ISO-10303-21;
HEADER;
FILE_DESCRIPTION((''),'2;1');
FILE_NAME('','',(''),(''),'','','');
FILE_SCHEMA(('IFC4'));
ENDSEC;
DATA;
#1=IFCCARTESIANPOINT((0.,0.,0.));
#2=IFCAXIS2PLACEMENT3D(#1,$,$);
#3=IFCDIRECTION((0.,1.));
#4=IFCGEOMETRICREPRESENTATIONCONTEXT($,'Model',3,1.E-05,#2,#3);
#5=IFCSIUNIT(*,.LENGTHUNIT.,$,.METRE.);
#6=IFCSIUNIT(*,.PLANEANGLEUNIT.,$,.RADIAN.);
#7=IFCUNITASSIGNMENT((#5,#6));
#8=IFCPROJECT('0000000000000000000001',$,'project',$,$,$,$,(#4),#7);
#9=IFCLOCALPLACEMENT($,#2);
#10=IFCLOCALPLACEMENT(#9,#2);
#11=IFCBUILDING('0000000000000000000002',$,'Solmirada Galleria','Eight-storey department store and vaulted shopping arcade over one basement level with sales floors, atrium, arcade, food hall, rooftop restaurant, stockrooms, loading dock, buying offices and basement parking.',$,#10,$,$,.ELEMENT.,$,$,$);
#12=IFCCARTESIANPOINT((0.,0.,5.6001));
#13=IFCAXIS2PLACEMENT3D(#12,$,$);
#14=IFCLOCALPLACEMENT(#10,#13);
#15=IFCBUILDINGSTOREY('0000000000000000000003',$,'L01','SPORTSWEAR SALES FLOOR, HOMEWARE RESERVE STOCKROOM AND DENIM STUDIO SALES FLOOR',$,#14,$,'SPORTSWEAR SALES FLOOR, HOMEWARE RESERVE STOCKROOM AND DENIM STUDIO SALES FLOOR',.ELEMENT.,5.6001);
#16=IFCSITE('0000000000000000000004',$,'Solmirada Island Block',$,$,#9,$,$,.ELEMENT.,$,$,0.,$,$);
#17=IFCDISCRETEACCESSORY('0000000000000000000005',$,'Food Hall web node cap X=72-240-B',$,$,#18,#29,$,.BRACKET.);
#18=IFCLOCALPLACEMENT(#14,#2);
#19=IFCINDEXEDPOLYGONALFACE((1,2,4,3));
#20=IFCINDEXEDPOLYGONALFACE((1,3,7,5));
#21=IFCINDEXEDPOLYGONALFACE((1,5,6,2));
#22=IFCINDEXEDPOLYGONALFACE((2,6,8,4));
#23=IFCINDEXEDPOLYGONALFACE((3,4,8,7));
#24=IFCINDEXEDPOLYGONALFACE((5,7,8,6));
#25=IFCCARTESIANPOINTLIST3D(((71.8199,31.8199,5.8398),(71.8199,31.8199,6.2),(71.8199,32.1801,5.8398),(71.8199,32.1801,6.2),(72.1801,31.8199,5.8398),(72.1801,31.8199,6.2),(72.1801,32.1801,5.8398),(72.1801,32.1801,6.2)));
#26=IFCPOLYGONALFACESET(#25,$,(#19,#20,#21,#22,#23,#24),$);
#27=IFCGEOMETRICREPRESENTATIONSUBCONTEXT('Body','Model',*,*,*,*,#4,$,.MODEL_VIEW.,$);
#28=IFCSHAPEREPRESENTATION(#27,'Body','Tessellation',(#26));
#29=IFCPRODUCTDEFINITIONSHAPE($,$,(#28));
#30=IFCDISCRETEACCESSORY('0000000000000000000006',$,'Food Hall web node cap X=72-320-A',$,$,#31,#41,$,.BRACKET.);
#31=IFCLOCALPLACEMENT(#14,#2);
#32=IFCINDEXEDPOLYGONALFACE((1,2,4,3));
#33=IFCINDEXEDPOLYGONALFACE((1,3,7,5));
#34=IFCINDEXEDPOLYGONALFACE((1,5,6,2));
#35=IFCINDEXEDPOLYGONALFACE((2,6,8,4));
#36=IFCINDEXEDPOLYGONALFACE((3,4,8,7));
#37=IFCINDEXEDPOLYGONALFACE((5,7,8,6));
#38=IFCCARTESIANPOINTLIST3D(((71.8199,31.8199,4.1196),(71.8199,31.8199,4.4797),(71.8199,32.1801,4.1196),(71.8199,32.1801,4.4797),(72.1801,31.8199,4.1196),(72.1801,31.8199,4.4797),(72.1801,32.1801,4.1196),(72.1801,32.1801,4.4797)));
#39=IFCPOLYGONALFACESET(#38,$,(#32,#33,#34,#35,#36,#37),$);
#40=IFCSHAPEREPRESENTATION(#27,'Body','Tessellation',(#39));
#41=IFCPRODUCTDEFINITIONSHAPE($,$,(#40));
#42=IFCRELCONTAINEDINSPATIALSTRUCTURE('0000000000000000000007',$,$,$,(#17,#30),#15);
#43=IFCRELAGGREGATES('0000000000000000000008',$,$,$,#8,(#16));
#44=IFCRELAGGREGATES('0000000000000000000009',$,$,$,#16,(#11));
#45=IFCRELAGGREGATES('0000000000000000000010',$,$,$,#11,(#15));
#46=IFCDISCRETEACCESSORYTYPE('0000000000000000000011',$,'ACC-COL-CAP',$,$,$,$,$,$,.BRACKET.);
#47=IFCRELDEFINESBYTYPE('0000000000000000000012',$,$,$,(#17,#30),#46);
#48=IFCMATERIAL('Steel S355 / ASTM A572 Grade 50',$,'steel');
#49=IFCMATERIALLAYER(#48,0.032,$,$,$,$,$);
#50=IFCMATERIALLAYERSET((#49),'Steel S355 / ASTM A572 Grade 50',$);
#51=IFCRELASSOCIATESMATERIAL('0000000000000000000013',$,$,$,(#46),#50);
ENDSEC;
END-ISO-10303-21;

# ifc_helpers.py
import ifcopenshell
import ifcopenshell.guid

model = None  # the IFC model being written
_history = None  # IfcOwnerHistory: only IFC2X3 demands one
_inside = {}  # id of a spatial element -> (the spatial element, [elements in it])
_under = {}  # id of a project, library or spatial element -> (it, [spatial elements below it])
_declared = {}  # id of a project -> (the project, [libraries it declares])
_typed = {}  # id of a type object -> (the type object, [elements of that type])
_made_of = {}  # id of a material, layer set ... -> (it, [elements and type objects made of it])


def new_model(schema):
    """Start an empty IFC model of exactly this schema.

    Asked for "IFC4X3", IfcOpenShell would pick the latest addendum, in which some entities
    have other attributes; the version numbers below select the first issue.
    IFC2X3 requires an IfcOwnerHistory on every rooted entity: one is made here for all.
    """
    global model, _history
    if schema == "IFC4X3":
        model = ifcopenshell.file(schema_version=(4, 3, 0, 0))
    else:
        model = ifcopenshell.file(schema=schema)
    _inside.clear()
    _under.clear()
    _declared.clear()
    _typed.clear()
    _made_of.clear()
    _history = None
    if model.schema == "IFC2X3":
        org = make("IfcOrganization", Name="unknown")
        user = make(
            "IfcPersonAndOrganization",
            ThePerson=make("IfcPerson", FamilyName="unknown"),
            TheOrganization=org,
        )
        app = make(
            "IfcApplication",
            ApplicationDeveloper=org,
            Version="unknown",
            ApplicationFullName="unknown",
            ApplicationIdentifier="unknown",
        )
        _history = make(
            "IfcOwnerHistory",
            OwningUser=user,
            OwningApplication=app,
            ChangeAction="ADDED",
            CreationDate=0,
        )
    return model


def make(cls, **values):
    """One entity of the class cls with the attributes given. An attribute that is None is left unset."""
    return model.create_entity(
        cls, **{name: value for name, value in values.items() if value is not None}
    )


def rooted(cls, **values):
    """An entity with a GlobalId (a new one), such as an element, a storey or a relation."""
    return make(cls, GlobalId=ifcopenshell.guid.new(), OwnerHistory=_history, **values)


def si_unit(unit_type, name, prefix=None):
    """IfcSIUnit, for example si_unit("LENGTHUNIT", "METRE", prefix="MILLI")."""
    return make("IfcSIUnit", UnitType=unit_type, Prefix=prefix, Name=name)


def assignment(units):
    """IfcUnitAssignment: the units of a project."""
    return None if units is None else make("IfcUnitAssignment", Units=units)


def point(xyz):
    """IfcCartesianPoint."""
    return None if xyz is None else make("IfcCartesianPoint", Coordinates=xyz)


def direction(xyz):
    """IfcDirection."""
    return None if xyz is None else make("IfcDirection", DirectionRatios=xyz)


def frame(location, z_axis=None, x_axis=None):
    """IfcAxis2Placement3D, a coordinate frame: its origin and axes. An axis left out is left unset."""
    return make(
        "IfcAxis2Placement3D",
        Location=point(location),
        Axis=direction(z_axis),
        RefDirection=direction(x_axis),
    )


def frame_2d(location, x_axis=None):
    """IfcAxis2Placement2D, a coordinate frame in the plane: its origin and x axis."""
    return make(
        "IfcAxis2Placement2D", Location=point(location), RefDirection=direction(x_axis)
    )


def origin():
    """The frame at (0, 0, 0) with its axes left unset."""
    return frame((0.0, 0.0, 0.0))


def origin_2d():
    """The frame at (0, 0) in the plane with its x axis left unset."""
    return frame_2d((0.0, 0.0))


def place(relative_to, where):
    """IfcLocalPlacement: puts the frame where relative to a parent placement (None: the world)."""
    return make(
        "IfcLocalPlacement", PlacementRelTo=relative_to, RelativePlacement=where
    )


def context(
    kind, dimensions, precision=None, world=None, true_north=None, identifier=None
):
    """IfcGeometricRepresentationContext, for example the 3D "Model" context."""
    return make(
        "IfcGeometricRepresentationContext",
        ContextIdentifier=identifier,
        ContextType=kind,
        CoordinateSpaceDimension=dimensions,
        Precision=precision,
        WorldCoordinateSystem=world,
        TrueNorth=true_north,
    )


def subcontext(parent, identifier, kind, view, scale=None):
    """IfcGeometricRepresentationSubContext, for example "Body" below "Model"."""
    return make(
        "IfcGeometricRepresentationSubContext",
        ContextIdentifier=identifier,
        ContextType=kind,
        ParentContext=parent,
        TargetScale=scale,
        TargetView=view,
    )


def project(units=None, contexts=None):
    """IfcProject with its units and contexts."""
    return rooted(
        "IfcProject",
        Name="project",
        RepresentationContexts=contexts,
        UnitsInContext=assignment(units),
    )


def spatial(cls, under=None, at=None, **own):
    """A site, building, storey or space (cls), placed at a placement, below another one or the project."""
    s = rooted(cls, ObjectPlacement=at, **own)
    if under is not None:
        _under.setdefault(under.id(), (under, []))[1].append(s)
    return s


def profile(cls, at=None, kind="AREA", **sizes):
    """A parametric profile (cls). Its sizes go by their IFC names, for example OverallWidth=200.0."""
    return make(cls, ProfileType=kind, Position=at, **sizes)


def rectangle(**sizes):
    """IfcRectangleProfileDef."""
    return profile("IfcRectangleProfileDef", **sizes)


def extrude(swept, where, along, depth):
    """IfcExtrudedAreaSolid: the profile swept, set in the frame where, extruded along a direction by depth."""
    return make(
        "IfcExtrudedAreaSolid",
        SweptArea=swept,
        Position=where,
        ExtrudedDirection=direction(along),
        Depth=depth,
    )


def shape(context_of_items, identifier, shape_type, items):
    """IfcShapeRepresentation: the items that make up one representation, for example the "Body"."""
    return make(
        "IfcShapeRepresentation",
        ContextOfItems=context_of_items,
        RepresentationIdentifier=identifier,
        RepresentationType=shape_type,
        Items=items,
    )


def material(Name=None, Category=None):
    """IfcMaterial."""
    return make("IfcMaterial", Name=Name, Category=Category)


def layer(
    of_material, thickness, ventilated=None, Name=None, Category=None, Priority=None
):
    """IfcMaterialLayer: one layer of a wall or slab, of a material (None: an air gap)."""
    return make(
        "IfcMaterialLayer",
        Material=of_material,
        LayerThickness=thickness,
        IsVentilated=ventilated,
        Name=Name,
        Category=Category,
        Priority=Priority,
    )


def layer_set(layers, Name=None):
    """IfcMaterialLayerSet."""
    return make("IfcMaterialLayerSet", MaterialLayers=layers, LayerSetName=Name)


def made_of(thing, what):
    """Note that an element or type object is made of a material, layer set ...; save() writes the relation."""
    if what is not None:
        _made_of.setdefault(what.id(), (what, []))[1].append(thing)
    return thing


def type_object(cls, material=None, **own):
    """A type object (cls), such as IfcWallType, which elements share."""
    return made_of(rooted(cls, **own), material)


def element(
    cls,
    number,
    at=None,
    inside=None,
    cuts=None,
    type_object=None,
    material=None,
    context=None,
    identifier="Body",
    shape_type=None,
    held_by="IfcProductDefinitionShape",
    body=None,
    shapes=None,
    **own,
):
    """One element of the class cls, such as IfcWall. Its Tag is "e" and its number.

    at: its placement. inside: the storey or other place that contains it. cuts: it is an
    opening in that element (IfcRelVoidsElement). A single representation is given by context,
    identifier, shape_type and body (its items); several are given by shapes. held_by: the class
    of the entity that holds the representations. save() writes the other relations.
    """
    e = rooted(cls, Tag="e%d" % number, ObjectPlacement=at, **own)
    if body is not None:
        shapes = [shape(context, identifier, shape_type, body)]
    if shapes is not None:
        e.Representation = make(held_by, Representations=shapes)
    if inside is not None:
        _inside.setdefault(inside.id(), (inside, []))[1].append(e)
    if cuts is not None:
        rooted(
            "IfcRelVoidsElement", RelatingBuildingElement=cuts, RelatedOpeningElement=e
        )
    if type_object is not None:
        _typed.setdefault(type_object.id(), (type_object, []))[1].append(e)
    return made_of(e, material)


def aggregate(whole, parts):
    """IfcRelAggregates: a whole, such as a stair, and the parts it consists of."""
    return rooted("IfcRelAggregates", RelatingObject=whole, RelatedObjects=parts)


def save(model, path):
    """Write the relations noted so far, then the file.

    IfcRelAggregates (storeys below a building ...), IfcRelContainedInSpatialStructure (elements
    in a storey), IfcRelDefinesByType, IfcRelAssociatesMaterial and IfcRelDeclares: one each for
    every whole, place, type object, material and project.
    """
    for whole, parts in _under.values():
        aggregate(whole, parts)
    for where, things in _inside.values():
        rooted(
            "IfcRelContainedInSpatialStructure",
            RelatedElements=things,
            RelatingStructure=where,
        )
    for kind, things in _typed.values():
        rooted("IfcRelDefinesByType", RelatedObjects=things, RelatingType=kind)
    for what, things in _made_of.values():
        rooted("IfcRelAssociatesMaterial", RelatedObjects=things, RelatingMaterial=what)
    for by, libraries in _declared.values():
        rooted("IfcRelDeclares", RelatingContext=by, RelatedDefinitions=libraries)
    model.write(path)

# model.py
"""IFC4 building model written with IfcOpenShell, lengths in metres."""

from ifc_helpers import new_model, si_unit, direction, frame, origin, origin_2d, place, context, subcontext, project, spatial, rectangle, extrude, material, layer, layer_set, type_object, element, save


model = new_model("IFC4")

# Units and contexts
model_context = context("Model", 3, precision=1e-05, world=origin(), true_north=direction((0.0, 1.0)))
body_context = subcontext(model_context, "Body", "Model", "MODEL_VIEW")
ifc_project = project(units=[si_unit("LENGTHUNIT", "METRE"), si_unit("PLANEANGLEUNIT", "RADIAN")], contexts=[model_context])

# Site, building, storey
site_placement = place(None, origin())
site = spatial("IfcSite", under=ifc_project, at=site_placement, Name="Solmirada Island Block", CompositionType="ELEMENT", RefElevation=0.0)
building_placement = place(site_placement, origin())
building = spatial("IfcBuilding", under=site, at=building_placement, Name="Solmirada Galleria", Description="Eight-storey department store and vaulted shopping arcade over one basement level with sales floors, atrium, arcade, food hall, rooftop restaurant, stockrooms, loading dock, buying offices and basement parking.", CompositionType="ELEMENT")
storey_placement = place(building_placement, frame((0.0, 0.0, 5.6001)))
storey = spatial("IfcBuildingStorey", under=building, at=storey_placement, Name="L01", Description="SPORTSWEAR SALES FLOOR, HOMEWARE RESERVE STOCKROOM AND DENIM STUDIO SALES FLOOR", LongName="SPORTSWEAR SALES FLOOR, HOMEWARE RESERVE STOCKROOM AND DENIM STUDIO SALES FLOOR", CompositionType="ELEMENT", Elevation=5.6001)

# Discrete accessories
ifc_material_1 = material(Name="Steel S355 / ASTM A572 Grade 50", Category="steel")
ifc_layer_1 = layer(ifc_material_1, 0.032)
ifc_layer_set_1 = layer_set([ifc_layer_1], Name="Steel S355 / ASTM A572 Grade 50")
discrete_accessory_type = type_object("IfcDiscreteAccessoryType", Name="ACC-COL-CAP", PredefinedType="BRACKET", material=ifc_layer_set_1)
for number, where, z_axis, x_axis, name in (
    (1, (72.0, 32.0, 5.8398), (0.0, 0.0, 1.0), (1.0, 0.0, 0.0), "Food Hall web node cap X=72-240-B"),
    (2, (72.0, 32.0, 4.1196), (0.0, 0.0, 1.0), (1.0, 0.0, 0.0), "Food Hall web node cap X=72-320-A"),
):
    element("IfcDiscreteAccessory", number, at=place(storey_placement, frame(where, z_axis=z_axis, x_axis=x_axis)), inside=storey, type_object=discrete_accessory_type, Name=name, PredefinedType="BRACKET", context=body_context, shape_type="SweptSolid", body=[
        extrude(rectangle(XDim=0.3601, YDim=0.3601, at=origin_2d()), origin(), (0.0, 0.0, 1.0), 0.3601),
    ])

save(model, "model.ifc")
